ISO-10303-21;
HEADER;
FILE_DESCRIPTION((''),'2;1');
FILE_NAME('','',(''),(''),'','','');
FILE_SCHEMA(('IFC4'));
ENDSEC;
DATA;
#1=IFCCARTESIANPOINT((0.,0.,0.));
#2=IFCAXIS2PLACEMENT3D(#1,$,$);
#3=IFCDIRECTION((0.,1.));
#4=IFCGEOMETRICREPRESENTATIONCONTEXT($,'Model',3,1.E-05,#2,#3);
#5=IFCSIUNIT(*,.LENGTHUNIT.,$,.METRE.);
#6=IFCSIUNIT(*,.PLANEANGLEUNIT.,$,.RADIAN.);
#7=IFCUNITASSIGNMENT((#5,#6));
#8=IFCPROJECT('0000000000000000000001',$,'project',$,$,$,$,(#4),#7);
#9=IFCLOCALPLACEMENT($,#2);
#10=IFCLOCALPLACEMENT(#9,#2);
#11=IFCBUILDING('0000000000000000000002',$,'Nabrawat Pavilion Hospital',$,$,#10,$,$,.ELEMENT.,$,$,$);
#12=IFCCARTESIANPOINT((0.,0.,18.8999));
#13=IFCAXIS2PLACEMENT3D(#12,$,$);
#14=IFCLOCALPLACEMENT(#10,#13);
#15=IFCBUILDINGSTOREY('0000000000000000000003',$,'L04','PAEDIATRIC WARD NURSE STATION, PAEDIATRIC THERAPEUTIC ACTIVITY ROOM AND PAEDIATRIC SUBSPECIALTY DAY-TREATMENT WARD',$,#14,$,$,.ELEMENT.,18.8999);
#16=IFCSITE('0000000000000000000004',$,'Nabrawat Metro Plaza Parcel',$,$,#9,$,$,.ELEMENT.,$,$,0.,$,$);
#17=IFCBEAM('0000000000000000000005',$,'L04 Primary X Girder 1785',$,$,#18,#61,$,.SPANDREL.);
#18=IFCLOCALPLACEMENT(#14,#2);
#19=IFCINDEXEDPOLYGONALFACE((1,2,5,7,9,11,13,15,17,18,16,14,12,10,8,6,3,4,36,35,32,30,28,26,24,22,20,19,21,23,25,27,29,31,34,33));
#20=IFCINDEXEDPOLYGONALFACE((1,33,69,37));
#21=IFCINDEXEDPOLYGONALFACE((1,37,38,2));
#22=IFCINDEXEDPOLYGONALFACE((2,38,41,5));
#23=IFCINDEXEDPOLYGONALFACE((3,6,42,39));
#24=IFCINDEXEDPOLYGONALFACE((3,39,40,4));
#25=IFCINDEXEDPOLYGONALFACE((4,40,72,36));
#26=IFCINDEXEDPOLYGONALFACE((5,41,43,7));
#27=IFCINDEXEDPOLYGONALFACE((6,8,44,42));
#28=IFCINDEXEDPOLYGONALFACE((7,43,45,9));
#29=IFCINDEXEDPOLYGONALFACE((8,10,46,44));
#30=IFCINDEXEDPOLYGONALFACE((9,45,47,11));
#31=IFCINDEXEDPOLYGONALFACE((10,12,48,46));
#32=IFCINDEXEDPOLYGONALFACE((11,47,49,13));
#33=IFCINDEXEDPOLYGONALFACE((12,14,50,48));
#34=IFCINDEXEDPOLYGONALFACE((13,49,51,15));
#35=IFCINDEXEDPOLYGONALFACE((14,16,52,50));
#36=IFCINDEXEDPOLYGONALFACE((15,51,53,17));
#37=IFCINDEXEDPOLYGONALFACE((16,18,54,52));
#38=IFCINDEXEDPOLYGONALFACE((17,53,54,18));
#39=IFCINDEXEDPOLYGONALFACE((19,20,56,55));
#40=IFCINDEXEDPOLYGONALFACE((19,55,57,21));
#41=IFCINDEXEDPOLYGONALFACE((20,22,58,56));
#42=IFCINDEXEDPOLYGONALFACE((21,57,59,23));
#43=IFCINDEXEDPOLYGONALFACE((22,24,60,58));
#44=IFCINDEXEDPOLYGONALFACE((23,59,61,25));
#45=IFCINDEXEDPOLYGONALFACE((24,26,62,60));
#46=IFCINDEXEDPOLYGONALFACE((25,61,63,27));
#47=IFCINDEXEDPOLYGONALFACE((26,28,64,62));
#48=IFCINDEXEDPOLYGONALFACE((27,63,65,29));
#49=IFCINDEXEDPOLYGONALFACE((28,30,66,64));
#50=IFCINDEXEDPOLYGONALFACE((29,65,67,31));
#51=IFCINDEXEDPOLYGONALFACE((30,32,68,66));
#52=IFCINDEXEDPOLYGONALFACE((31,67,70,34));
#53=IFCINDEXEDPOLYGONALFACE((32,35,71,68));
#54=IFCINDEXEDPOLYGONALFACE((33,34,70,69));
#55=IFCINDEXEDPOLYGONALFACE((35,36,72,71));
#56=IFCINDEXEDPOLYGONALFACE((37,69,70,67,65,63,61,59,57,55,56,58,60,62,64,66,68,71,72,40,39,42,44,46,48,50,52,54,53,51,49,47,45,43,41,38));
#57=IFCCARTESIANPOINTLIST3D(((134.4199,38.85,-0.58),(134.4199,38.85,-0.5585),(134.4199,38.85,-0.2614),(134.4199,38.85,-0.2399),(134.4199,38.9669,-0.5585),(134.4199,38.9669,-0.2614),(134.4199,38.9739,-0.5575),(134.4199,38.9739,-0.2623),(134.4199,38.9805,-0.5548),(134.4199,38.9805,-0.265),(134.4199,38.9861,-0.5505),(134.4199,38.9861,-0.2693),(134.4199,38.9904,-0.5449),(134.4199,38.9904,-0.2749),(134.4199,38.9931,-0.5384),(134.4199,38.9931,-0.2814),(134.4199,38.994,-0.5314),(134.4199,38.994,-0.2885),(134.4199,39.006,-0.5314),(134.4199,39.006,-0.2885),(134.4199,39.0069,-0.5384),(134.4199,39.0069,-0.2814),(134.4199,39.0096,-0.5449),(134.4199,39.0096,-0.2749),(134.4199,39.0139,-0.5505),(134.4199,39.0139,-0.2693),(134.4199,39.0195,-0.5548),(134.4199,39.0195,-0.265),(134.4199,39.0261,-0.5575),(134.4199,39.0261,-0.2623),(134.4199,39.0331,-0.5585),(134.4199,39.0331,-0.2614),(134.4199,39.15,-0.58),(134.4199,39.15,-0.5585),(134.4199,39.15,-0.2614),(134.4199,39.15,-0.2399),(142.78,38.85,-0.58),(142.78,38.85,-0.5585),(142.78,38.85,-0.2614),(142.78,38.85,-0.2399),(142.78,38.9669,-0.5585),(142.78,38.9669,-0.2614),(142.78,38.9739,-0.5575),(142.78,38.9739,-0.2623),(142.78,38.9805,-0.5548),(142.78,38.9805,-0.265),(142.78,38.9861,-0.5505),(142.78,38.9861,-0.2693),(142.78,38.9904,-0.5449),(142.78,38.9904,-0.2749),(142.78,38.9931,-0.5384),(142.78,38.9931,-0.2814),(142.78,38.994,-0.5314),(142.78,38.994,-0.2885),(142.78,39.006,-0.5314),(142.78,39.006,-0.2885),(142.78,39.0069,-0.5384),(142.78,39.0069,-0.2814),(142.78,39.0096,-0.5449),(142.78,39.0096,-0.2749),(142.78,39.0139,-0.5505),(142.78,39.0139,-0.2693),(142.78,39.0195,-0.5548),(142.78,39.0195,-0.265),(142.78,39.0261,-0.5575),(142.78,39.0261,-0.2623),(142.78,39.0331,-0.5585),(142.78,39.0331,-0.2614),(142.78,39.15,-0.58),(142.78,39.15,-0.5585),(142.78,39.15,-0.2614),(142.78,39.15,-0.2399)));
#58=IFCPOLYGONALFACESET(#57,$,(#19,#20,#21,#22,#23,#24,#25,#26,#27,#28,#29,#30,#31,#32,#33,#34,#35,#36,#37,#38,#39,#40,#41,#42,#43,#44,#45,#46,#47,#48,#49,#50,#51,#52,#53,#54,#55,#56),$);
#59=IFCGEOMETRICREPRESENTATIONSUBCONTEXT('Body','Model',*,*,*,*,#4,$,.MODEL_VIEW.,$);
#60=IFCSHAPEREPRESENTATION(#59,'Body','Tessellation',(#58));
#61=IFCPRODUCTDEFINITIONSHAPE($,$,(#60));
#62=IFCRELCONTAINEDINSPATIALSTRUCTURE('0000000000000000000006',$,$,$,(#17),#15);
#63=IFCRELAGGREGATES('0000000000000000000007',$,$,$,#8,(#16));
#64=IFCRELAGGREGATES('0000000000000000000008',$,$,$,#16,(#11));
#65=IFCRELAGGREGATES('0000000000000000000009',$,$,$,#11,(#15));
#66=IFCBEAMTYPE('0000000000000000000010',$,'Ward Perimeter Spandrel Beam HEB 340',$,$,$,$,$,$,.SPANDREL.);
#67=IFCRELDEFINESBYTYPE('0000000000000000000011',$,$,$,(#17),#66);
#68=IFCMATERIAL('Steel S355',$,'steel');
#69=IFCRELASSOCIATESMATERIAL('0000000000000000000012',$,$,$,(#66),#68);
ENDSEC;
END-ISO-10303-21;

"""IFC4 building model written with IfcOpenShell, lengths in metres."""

from ifc_helpers import new_model, si_unit, direction, frame, origin, origin_2d, place, context, subcontext, project, spatial, i_section, extrude, material, material_profile, profile_set, type_object, element, save


model = new_model("IFC4")

# Units and contexts
model_context = context("Model", 3, precision=1e-05, world=origin(), true_north=direction((0.0, 1.0)))
body_context = subcontext(model_context, "Body", "Model", "MODEL_VIEW")
ifc_project = project(units=[si_unit("LENGTHUNIT", "METRE"), si_unit("PLANEANGLEUNIT", "RADIAN")], contexts=[model_context])

# Site, building, storey
site_placement = place(None, origin())
site = spatial("IfcSite", under=ifc_project, at=site_placement, Name="Nabrawat Metro Plaza Parcel", CompositionType="ELEMENT", RefElevation=0.0)
building_placement = place(site_placement, origin())
building = spatial("IfcBuilding", under=site, at=building_placement, Name="Nabrawat Pavilion Hospital", CompositionType="ELEMENT")
storey_placement = place(building_placement, frame((0.0, 0.0, 18.8999)))
storey = spatial("IfcBuildingStorey", under=building, at=storey_placement, Name="L04", Description="PAEDIATRIC WARD NURSE STATION, PAEDIATRIC THERAPEUTIC ACTIVITY ROOM AND PAEDIATRIC SUBSPECIALTY DAY-TREATMENT WARD", CompositionType="ELEMENT", Elevation=18.8999)

# Beam
ifc_material_1 = material(Name="Steel S355", Category="steel")
ifc_material_profile_1 = material_profile(ifc_material_1, i_section(OverallWidth=0.3, OverallDepth=0.3401, WebThickness=0.012, FlangeThickness=0.0215, FilletRadius=0.0271, at=origin_2d()), Name="HEB 340")
ifc_profile_set_1 = profile_set([ifc_material_profile_1], Name="Steel S355")
beam_type_1 = type_object("IfcBeamType", Name="Ward Perimeter Spandrel Beam HEB 340", PredefinedType="SPANDREL", material=ifc_profile_set_1)
beam_1_placement = place(storey_placement, frame((134.4199, 39.0, -0.4099), z_axis=(1.0, 0.0, 0.0), x_axis=(0.0, 1.0, 0.0)))
element("IfcBeam", 1, at=beam_1_placement, inside=storey, type_object=beam_type_1, Name="L04 Primary X Girder 1785", PredefinedType="SPANDREL", context=body_context, shape_type="SweptSolid", body=[
    extrude(i_section(OverallWidth=0.3, OverallDepth=0.3401, WebThickness=0.012, FlangeThickness=0.0215, FilletRadius=0.0271, at=origin_2d()), origin(), (0.0, 0.0, 1.0), 8.3601),
])

save(model, "model.ifc")
